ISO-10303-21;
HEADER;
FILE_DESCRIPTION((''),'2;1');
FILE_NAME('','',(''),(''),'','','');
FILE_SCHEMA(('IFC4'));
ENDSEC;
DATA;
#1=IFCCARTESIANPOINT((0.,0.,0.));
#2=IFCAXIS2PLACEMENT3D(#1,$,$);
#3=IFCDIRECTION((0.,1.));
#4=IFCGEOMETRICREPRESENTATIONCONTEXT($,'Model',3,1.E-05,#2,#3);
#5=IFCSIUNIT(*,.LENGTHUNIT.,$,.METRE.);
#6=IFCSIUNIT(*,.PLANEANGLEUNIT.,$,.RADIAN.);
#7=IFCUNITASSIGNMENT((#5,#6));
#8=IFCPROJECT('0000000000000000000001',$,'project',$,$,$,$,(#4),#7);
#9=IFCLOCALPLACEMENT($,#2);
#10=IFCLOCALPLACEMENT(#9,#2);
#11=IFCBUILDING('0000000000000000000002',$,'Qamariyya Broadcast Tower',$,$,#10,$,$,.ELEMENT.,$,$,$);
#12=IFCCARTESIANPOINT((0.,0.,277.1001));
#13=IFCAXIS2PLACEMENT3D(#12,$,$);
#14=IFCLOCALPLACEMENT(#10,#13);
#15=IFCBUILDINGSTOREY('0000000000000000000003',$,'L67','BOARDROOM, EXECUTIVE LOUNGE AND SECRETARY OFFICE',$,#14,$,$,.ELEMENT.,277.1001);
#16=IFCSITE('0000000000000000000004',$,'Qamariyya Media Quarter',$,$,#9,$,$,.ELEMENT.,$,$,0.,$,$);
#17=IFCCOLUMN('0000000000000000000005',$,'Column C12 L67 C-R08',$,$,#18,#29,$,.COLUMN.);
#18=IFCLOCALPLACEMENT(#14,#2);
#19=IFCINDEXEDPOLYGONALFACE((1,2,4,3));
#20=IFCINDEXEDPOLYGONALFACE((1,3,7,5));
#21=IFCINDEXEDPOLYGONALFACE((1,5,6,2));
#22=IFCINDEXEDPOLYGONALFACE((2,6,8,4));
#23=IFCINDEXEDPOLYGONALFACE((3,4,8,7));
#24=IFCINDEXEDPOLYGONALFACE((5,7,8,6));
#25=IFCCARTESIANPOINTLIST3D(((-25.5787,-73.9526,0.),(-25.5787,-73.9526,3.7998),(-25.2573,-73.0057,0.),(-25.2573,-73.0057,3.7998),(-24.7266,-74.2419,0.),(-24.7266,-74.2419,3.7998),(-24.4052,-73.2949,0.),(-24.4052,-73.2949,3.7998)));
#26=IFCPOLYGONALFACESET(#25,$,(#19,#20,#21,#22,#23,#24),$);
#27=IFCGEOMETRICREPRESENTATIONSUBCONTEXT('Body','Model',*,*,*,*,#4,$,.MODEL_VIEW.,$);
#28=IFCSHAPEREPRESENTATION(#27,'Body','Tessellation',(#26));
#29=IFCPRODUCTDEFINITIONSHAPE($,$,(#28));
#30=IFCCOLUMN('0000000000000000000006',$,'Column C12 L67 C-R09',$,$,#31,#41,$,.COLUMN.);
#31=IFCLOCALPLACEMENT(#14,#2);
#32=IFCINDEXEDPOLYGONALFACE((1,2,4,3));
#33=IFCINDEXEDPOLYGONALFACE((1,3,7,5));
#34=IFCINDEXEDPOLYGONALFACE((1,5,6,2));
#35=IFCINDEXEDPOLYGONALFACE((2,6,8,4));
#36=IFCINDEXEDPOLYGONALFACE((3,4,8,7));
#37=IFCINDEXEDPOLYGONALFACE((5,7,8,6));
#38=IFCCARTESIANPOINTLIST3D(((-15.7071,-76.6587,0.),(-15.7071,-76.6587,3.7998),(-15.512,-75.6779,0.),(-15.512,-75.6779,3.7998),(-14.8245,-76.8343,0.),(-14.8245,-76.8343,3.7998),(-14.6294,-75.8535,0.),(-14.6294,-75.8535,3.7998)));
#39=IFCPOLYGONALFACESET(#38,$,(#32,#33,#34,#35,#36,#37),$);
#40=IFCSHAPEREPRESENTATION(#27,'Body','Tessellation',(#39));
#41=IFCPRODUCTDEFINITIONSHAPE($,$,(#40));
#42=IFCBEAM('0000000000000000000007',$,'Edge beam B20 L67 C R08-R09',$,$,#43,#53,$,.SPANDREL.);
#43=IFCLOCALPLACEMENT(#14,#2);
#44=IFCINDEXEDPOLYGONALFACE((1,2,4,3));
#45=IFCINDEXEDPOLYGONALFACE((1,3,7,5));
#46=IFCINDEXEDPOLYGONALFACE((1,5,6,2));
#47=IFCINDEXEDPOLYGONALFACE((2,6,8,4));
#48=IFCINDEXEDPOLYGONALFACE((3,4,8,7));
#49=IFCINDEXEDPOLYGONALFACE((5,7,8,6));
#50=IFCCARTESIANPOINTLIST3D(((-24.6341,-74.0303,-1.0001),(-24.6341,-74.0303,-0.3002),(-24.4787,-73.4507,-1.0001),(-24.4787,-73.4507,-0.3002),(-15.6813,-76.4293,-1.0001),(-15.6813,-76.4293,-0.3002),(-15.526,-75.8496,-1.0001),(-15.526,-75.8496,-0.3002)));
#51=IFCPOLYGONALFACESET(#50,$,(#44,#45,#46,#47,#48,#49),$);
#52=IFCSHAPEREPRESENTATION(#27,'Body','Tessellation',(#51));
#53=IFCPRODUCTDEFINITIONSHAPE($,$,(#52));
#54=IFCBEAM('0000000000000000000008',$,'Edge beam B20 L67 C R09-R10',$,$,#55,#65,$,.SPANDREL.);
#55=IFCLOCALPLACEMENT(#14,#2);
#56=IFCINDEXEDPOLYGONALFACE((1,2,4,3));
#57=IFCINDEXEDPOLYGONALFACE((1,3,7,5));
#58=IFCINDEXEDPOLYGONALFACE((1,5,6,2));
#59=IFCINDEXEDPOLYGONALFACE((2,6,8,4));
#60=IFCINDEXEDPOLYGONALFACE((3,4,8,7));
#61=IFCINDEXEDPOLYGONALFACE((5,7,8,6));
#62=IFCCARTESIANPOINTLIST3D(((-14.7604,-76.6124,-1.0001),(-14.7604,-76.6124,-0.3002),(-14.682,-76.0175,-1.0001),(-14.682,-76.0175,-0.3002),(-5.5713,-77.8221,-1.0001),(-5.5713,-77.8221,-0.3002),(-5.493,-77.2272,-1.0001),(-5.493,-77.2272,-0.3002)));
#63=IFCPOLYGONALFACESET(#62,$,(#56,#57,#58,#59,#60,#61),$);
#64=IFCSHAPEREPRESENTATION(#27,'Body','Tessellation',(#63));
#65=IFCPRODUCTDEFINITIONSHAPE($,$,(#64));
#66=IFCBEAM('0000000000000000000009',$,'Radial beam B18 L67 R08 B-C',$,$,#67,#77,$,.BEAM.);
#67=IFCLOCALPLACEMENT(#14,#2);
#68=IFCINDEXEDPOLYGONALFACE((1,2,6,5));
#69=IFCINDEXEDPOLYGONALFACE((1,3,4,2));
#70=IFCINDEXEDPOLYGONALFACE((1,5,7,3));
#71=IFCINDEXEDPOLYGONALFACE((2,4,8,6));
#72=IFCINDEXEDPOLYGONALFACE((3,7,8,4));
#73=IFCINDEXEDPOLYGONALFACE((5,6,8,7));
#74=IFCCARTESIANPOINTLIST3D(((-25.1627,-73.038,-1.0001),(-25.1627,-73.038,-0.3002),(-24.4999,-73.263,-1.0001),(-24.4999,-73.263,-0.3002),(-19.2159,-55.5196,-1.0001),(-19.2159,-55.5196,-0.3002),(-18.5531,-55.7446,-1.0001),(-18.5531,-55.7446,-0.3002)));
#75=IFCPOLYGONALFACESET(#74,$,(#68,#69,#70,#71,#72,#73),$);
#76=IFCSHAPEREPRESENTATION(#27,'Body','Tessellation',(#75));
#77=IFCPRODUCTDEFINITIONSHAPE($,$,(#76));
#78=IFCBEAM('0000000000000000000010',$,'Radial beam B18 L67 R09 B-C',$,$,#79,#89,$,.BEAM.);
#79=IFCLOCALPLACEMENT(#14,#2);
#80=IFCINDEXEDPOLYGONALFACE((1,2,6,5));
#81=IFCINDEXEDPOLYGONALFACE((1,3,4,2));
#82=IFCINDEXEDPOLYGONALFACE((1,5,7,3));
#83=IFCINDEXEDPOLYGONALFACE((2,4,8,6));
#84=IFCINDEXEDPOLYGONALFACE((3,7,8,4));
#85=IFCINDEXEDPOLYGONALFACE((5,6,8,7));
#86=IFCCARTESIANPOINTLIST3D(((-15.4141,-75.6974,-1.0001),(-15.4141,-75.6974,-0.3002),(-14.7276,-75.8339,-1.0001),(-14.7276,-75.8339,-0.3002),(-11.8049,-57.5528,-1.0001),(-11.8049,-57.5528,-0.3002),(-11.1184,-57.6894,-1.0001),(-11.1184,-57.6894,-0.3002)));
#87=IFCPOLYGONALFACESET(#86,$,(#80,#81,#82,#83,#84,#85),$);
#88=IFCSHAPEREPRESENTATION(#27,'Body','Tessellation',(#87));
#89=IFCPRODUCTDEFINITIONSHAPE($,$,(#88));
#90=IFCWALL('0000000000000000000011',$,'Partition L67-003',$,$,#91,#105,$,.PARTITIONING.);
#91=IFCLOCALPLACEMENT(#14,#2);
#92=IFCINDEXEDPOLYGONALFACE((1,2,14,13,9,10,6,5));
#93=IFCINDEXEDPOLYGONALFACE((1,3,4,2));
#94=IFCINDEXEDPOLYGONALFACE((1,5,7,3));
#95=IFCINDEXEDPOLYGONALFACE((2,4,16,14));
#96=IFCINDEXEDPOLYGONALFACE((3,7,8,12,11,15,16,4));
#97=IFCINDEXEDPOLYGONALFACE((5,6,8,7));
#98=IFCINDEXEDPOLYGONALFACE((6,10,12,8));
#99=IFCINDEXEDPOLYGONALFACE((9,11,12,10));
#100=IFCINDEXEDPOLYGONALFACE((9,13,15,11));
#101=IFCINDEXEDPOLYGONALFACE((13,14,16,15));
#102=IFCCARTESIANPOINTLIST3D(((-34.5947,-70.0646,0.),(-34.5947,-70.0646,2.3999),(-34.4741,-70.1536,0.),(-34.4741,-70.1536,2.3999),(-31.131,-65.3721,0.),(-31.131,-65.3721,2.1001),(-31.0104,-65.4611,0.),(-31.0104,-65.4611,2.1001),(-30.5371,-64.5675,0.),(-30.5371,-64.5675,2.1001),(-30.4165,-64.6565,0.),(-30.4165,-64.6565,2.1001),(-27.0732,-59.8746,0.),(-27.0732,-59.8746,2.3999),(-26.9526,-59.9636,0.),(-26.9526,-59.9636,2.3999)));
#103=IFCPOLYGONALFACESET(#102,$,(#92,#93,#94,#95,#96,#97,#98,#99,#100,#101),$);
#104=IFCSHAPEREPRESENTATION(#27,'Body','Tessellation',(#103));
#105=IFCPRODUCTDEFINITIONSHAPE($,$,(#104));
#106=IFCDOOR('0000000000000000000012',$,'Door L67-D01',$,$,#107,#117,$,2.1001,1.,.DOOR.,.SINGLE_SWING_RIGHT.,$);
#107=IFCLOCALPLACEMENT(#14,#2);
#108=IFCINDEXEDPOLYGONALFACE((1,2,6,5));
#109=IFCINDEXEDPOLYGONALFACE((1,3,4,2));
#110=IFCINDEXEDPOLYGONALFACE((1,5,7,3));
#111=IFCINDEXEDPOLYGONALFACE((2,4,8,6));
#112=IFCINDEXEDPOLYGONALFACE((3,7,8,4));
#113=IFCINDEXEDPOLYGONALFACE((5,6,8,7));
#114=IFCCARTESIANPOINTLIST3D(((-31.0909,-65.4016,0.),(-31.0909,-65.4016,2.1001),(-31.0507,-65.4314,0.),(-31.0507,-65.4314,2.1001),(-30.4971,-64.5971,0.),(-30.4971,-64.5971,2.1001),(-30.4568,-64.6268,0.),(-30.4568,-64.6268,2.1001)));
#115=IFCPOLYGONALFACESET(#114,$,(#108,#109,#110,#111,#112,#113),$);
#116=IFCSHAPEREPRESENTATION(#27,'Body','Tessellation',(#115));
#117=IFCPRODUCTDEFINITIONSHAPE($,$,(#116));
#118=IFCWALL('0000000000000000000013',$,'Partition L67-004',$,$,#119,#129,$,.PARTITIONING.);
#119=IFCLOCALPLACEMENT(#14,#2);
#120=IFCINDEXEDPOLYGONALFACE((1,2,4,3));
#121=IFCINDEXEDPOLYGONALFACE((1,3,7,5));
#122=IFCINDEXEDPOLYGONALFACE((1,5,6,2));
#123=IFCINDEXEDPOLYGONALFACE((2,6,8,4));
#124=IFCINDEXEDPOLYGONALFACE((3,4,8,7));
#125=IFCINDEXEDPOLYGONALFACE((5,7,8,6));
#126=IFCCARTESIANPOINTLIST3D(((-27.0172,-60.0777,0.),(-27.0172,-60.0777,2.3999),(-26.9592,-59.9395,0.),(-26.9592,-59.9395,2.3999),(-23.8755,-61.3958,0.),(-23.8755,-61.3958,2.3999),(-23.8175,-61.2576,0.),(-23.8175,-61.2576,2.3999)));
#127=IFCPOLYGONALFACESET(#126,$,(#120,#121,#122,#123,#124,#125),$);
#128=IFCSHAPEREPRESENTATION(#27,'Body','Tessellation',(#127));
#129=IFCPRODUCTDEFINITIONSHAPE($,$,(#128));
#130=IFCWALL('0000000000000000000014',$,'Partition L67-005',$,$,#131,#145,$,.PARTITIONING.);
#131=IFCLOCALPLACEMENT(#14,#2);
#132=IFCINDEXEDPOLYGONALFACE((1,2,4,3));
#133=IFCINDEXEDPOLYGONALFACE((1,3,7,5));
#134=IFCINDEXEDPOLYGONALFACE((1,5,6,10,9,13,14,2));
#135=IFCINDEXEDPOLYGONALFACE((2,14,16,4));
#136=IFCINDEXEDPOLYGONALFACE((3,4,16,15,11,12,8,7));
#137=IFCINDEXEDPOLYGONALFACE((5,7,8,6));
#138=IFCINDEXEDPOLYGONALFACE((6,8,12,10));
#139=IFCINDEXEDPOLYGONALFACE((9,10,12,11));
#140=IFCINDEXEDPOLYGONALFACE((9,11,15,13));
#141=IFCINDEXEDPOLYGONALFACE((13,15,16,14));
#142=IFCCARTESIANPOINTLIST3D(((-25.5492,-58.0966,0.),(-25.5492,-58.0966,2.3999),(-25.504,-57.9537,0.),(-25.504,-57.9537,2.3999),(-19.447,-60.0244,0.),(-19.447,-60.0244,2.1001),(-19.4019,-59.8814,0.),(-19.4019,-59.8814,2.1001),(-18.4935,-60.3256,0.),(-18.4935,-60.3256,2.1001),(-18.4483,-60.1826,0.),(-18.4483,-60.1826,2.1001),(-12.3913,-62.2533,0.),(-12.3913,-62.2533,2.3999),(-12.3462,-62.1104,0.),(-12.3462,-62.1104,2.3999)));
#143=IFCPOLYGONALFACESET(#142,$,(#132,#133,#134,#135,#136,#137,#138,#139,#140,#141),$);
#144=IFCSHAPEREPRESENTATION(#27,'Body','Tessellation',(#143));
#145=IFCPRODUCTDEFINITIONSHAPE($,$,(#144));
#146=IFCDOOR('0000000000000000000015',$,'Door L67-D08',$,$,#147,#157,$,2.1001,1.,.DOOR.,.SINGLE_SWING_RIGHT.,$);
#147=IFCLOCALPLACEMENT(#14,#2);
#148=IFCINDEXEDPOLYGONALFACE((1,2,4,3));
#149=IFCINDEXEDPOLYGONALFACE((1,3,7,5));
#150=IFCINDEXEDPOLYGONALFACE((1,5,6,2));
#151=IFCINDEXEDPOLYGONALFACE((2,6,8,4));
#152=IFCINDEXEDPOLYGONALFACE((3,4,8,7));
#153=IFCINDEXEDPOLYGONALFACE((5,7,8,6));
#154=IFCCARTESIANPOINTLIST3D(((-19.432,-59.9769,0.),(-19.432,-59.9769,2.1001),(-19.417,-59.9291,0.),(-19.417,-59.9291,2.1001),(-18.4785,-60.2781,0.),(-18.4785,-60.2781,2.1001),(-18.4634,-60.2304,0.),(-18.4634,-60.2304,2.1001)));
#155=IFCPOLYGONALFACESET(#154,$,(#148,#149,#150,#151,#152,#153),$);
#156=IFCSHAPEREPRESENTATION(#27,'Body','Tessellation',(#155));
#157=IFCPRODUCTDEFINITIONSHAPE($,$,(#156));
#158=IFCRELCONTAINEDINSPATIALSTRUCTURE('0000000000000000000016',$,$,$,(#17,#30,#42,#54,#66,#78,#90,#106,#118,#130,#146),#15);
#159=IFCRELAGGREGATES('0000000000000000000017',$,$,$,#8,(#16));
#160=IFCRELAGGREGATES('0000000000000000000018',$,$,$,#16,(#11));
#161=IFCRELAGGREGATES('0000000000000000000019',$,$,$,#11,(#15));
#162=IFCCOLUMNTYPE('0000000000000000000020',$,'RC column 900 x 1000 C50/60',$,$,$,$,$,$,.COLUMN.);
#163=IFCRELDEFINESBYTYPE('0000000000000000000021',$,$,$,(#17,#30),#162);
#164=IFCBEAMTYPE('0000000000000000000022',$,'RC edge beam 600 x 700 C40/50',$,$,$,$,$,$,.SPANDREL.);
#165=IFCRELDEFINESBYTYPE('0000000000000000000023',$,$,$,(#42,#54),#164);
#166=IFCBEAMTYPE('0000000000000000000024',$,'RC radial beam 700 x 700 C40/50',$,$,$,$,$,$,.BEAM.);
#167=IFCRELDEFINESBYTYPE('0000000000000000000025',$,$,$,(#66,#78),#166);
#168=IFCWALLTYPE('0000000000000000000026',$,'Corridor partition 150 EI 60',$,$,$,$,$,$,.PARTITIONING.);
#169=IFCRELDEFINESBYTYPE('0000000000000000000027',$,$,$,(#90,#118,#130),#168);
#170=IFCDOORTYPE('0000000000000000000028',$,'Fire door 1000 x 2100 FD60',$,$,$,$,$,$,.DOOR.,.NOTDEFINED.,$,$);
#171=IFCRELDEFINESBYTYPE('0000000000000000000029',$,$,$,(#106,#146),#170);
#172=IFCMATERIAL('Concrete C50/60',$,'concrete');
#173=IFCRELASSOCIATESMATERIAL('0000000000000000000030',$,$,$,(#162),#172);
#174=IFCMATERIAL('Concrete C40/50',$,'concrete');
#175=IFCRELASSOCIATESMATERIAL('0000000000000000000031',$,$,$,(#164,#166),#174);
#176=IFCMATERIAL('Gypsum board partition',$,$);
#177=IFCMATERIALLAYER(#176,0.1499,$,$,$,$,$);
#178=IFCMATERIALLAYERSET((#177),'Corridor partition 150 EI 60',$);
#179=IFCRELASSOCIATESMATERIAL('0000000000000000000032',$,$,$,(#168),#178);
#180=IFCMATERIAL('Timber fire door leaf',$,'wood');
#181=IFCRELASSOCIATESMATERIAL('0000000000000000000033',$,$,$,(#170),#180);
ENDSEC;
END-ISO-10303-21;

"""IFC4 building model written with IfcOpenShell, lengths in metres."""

from ifc_helpers import new_model, si_unit, direction, frame, frame_2d, origin, origin_2d, place, context, subcontext, project, spatial, rectangle, extrude, material, layer, layer_set, material_profile, profile_set, type_object, element, fill, save


model = new_model("IFC4")

# Units and contexts
model_context = context("Model", 3, precision=1e-05, world=origin(), true_north=direction((0.0, 1.0)))
body_context = subcontext(model_context, "Body", "Model", "MODEL_VIEW")
ifc_project = project(units=[si_unit("LENGTHUNIT", "METRE"), si_unit("PLANEANGLEUNIT", "RADIAN")], contexts=[model_context])

# Site, building, storey
site_placement = place(None, origin())
site = spatial("IfcSite", under=ifc_project, at=site_placement, Name="Qamariyya Media Quarter", CompositionType="ELEMENT", RefElevation=0.0)
building_placement = place(site_placement, origin())
building = spatial("IfcBuilding", under=site, at=building_placement, Name="Qamariyya Broadcast Tower", CompositionType="ELEMENT")
storey_placement = place(building_placement, frame((0.0, 0.0, 277.1001)))
storey = spatial("IfcBuildingStorey", under=building, at=storey_placement, Name="L67", Description="BOARDROOM, EXECUTIVE LOUNGE AND SECRETARY OFFICE", CompositionType="ELEMENT", Elevation=277.1001)

# Columns
ifc_material_1 = material(Name="Concrete C50/60", Category="concrete")
ifc_material_profile_1 = material_profile(ifc_material_1, rectangle(XDim=0.8999, YDim=1.0, at=origin_2d()))
ifc_profile_set_1 = profile_set([ifc_material_profile_1], Name="Concrete C50/60")
column_type = type_object("IfcColumnType", Name="RC column 900 x 1000 C50/60", PredefinedType="COLUMN", material=ifc_profile_set_1)
for number, where, z_axis, x_axis, name in (
    (1, (-24.9919, -73.6238, 0.0), (0.0, 0.0, 1.0), (0.94693, -0.321439, 0.0), "Column C12 L67 C-R08"),
    (2, (-15.1682, -76.2561, 0.0), (0.0, 0.0, 1.0), (0.980785, -0.19509, 0.0), "Column C12 L67 C-R09"),
):
    element("IfcColumn", number, at=place(storey_placement, frame(where, z_axis=z_axis, x_axis=x_axis)), inside=storey, type_object=column_type, Name=name, PredefinedType="COLUMN", context=body_context, shape_type="SweptSolid", body=[
        extrude(rectangle(XDim=0.8999, YDim=1.0, at=origin_2d()), origin(), (0.0, 0.0, 1.0), 3.7998),
    ])

# Beams
ifc_material_2 = material(Name="Concrete C40/50", Category="concrete")
ifc_material_profile_2 = material_profile(ifc_material_2, rectangle(XDim=0.6001, YDim=0.7, at=origin_2d()))
ifc_profile_set_2 = profile_set([ifc_material_profile_2], Name="Concrete C40/50")
beam_type_1 = type_object("IfcBeamType", Name="RC edge beam 600 x 700 C40/50", PredefinedType="SPANDREL", material=ifc_profile_set_2)
beam_1_placement = place(storey_placement, frame((-24.5564, -73.7405, -0.6501), z_axis=(0.965924, -0.258826, 0.0), x_axis=(0.258826, 0.965924, 0.0)))
element("IfcBeam", 3, at=beam_1_placement, inside=storey, type_object=beam_type_1, Name="Edge beam B20 L67 C R08-R09", PredefinedType="SPANDREL", context=body_context, shape_type="SweptSolid", body=[
    extrude(rectangle(XDim=0.6001, YDim=0.7, at=origin_2d()), origin(), (0.0, 0.0, 1.0), 9.2686),
])
beam_2_placement = place(storey_placement, frame((-14.7212, -76.3149, -0.6501), z_axis=(0.991445, -0.130523, 0.0), x_axis=(0.130523, 0.991445, 0.0)))
element("IfcBeam", 4, at=beam_2_placement, inside=storey, type_object=beam_type_1, Name="Edge beam B20 L67 C R09-R10", PredefinedType="SPANDREL", context=body_context, shape_type="SweptSolid", body=[
    extrude(rectangle(XDim=0.6001, YDim=0.7, at=origin_2d()), origin(), (0.0, 0.0, 1.0), 9.2683),
])
ifc_material_profile_3 = material_profile(ifc_material_2, rectangle(XDim=0.7, YDim=0.7, at=origin_2d()))
ifc_profile_set_3 = profile_set([ifc_material_profile_3], Name="Concrete C40/50")
beam_type_2 = type_object("IfcBeamType", Name="RC radial beam 700 x 700 C40/50", PredefinedType="BEAM", material=ifc_profile_set_3)
beam_3_placement = place(storey_placement, frame((-18.8845, -55.6321, -0.6501), z_axis=(-0.321445, -0.946928, 0.0), x_axis=(0.946928, -0.321445, 0.0)))
element("IfcBeam", 5, at=beam_3_placement, inside=storey, type_object=beam_type_2, Name="Radial beam B18 L67 R08 B-C", PredefinedType="BEAM", context=body_context, shape_type="SweptSolid", body=[
    extrude(rectangle(XDim=0.7, YDim=0.7, at=origin_2d()), origin(), (0.0, 0.0, 1.0), 18.5002),
])
beam_4_placement = place(storey_placement, frame((-11.4617, -57.6211, -0.6501), z_axis=(-0.195088, -0.980786, 0.0), x_axis=(0.980786, -0.195088, 0.0)))
element("IfcBeam", 6, at=beam_4_placement, inside=storey, type_object=beam_type_2, Name="Radial beam B18 L67 R09 B-C", PredefinedType="BEAM", context=body_context, shape_type="SweptSolid", body=[
    extrude(rectangle(XDim=0.7, YDim=0.7, at=origin_2d()), origin(), (0.0, 0.0, 1.0), 18.5),
])

# Wall, opening, door
ifc_material_3 = material(Name="Gypsum board partition")
ifc_layer_1 = layer(ifc_material_3, 0.1499)
ifc_layer_set_1 = layer_set([ifc_layer_1], Name="Corridor partition 150 EI 60")
wall_type_1 = type_object("IfcWallType", Name="Corridor partition 150 EI 60", PredefinedType="PARTITIONING", material=ifc_layer_set_1)
wall_1_placement = place(storey_placement, frame((-27.0129, -59.9192, 0.0), z_axis=(0.0, 0.0, 1.0), x_axis=(-0.59387, -0.804561, 0.0)))
wall_1 = element("IfcWall", 7, at=wall_1_placement, inside=storey, type_object=wall_type_1, Name="Partition L67-003", PredefinedType="PARTITIONING", context=body_context, shape_type="SweptSolid", body=[
    extrude(rectangle(XDim=12.6653, YDim=0.1499, at=frame_2d((6.3325, 0.0))), origin(), (0.0, 0.0, 1.0), 2.3999),
])
opening_1_placement = place(wall_1_placement, frame((5.8328, 0.0, 0.0)))
opening_1 = element("IfcOpeningElement", 8, at=opening_1_placement, cuts=wall_1, PredefinedType="OPENING", context=body_context, shape_type="SweptSolid", body=[
    extrude(rectangle(XDim=1.0, YDim=2.1001, at=frame_2d((0.5, 1.05))), frame((0.0, 0.085, 0.0), z_axis=(0.0, -1.0, 0.0), x_axis=(1.0, 0.0, 0.0)), (0.0, 0.0, 1.0), 0.1699),
])
ifc_material_4 = material(Name="Timber fire door leaf", Category="wood")
door_type_1 = type_object("IfcDoorType", Name="Fire door 1000 x 2100 FD60", OperationType="NOTDEFINED", PredefinedType="DOOR", material=ifc_material_4)
door_1_placement = place(opening_1_placement, origin())
door_1 = element("IfcDoor", 9, at=door_1_placement, inside=storey, type_object=door_type_1, Name="Door L67-D01", OperationType="SINGLE_SWING_RIGHT", OverallHeight=2.1001, OverallWidth=1.0, PredefinedType="DOOR", context=body_context, shape_type="SweptSolid", body=[
    extrude(rectangle(XDim=1.0, YDim=2.1001, at=frame_2d((0.5, 1.05))), frame((0.0, 0.0249, 0.0), z_axis=(0.0, -1.0, 0.0), x_axis=(1.0, 0.0, 0.0)), (0.0, 0.0, 1.0), 0.05),
])
fill(opening_1, door_1)

# Wall
wall_2_placement = place(storey_placement, frame((-26.9883, -60.0085, 0.0), z_axis=(0.0, 0.0, 1.0), x_axis=(0.922124, -0.386894, 0.0)))
element("IfcWall", 10, at=wall_2_placement, inside=storey, type_object=wall_type_1, Name="Partition L67-004", PredefinedType="PARTITIONING", context=body_context, shape_type="SweptSolid", body=[
    extrude(rectangle(XDim=3.407, YDim=0.1499, at=frame_2d((1.7036, 0.0))), origin(), (0.0, 0.0, 1.0), 2.3999),
])

# Wall, opening, door
wall_3_placement = place(storey_placement, frame((-25.5266, -58.0251, 0.0), z_axis=(0.0, 0.0, 1.0), x_axis=(0.95355, -0.301236, 0.0)))
wall_3 = element("IfcWall", 11, at=wall_3_placement, inside=storey, type_object=wall_type_1, Name="Partition L67-005", PredefinedType="PARTITIONING", context=body_context, shape_type="SweptSolid", body=[
    extrude(rectangle(XDim=13.7988, YDim=0.1499, at=frame_2d((6.8994, 0.0))), origin(), (0.0, 0.0, 1.0), 2.3999),
])
opening_2_placement = place(wall_3_placement, frame((6.3994, 0.0, 0.0)))
opening_2 = element("IfcOpeningElement", 12, at=opening_2_placement, cuts=wall_3, PredefinedType="OPENING", context=body_context, shape_type="SweptSolid", body=[
    extrude(rectangle(XDim=1.0, YDim=2.1001, at=frame_2d((0.5, 1.05))), frame((0.0, 0.085, 0.0), z_axis=(0.0, -1.0, 0.0), x_axis=(1.0, 0.0, 0.0)), (0.0, 0.0, 1.0), 0.1699),
])
door_2_placement = place(opening_2_placement, origin())
door_2 = element("IfcDoor", 13, at=door_2_placement, inside=storey, type_object=door_type_1, Name="Door L67-D08", OperationType="SINGLE_SWING_RIGHT", OverallHeight=2.1001, OverallWidth=1.0, PredefinedType="DOOR", context=body_context, shape_type="SweptSolid", body=[
    extrude(rectangle(XDim=1.0, YDim=2.1001, at=frame_2d((0.5, 1.05))), frame((0.0, 0.0249, 0.0), z_axis=(0.0, -1.0, 0.0), x_axis=(1.0, 0.0, 0.0)), (0.0, 0.0, 1.0), 0.05),
])
fill(opening_2, door_2)

save(model, "model.ifc")
